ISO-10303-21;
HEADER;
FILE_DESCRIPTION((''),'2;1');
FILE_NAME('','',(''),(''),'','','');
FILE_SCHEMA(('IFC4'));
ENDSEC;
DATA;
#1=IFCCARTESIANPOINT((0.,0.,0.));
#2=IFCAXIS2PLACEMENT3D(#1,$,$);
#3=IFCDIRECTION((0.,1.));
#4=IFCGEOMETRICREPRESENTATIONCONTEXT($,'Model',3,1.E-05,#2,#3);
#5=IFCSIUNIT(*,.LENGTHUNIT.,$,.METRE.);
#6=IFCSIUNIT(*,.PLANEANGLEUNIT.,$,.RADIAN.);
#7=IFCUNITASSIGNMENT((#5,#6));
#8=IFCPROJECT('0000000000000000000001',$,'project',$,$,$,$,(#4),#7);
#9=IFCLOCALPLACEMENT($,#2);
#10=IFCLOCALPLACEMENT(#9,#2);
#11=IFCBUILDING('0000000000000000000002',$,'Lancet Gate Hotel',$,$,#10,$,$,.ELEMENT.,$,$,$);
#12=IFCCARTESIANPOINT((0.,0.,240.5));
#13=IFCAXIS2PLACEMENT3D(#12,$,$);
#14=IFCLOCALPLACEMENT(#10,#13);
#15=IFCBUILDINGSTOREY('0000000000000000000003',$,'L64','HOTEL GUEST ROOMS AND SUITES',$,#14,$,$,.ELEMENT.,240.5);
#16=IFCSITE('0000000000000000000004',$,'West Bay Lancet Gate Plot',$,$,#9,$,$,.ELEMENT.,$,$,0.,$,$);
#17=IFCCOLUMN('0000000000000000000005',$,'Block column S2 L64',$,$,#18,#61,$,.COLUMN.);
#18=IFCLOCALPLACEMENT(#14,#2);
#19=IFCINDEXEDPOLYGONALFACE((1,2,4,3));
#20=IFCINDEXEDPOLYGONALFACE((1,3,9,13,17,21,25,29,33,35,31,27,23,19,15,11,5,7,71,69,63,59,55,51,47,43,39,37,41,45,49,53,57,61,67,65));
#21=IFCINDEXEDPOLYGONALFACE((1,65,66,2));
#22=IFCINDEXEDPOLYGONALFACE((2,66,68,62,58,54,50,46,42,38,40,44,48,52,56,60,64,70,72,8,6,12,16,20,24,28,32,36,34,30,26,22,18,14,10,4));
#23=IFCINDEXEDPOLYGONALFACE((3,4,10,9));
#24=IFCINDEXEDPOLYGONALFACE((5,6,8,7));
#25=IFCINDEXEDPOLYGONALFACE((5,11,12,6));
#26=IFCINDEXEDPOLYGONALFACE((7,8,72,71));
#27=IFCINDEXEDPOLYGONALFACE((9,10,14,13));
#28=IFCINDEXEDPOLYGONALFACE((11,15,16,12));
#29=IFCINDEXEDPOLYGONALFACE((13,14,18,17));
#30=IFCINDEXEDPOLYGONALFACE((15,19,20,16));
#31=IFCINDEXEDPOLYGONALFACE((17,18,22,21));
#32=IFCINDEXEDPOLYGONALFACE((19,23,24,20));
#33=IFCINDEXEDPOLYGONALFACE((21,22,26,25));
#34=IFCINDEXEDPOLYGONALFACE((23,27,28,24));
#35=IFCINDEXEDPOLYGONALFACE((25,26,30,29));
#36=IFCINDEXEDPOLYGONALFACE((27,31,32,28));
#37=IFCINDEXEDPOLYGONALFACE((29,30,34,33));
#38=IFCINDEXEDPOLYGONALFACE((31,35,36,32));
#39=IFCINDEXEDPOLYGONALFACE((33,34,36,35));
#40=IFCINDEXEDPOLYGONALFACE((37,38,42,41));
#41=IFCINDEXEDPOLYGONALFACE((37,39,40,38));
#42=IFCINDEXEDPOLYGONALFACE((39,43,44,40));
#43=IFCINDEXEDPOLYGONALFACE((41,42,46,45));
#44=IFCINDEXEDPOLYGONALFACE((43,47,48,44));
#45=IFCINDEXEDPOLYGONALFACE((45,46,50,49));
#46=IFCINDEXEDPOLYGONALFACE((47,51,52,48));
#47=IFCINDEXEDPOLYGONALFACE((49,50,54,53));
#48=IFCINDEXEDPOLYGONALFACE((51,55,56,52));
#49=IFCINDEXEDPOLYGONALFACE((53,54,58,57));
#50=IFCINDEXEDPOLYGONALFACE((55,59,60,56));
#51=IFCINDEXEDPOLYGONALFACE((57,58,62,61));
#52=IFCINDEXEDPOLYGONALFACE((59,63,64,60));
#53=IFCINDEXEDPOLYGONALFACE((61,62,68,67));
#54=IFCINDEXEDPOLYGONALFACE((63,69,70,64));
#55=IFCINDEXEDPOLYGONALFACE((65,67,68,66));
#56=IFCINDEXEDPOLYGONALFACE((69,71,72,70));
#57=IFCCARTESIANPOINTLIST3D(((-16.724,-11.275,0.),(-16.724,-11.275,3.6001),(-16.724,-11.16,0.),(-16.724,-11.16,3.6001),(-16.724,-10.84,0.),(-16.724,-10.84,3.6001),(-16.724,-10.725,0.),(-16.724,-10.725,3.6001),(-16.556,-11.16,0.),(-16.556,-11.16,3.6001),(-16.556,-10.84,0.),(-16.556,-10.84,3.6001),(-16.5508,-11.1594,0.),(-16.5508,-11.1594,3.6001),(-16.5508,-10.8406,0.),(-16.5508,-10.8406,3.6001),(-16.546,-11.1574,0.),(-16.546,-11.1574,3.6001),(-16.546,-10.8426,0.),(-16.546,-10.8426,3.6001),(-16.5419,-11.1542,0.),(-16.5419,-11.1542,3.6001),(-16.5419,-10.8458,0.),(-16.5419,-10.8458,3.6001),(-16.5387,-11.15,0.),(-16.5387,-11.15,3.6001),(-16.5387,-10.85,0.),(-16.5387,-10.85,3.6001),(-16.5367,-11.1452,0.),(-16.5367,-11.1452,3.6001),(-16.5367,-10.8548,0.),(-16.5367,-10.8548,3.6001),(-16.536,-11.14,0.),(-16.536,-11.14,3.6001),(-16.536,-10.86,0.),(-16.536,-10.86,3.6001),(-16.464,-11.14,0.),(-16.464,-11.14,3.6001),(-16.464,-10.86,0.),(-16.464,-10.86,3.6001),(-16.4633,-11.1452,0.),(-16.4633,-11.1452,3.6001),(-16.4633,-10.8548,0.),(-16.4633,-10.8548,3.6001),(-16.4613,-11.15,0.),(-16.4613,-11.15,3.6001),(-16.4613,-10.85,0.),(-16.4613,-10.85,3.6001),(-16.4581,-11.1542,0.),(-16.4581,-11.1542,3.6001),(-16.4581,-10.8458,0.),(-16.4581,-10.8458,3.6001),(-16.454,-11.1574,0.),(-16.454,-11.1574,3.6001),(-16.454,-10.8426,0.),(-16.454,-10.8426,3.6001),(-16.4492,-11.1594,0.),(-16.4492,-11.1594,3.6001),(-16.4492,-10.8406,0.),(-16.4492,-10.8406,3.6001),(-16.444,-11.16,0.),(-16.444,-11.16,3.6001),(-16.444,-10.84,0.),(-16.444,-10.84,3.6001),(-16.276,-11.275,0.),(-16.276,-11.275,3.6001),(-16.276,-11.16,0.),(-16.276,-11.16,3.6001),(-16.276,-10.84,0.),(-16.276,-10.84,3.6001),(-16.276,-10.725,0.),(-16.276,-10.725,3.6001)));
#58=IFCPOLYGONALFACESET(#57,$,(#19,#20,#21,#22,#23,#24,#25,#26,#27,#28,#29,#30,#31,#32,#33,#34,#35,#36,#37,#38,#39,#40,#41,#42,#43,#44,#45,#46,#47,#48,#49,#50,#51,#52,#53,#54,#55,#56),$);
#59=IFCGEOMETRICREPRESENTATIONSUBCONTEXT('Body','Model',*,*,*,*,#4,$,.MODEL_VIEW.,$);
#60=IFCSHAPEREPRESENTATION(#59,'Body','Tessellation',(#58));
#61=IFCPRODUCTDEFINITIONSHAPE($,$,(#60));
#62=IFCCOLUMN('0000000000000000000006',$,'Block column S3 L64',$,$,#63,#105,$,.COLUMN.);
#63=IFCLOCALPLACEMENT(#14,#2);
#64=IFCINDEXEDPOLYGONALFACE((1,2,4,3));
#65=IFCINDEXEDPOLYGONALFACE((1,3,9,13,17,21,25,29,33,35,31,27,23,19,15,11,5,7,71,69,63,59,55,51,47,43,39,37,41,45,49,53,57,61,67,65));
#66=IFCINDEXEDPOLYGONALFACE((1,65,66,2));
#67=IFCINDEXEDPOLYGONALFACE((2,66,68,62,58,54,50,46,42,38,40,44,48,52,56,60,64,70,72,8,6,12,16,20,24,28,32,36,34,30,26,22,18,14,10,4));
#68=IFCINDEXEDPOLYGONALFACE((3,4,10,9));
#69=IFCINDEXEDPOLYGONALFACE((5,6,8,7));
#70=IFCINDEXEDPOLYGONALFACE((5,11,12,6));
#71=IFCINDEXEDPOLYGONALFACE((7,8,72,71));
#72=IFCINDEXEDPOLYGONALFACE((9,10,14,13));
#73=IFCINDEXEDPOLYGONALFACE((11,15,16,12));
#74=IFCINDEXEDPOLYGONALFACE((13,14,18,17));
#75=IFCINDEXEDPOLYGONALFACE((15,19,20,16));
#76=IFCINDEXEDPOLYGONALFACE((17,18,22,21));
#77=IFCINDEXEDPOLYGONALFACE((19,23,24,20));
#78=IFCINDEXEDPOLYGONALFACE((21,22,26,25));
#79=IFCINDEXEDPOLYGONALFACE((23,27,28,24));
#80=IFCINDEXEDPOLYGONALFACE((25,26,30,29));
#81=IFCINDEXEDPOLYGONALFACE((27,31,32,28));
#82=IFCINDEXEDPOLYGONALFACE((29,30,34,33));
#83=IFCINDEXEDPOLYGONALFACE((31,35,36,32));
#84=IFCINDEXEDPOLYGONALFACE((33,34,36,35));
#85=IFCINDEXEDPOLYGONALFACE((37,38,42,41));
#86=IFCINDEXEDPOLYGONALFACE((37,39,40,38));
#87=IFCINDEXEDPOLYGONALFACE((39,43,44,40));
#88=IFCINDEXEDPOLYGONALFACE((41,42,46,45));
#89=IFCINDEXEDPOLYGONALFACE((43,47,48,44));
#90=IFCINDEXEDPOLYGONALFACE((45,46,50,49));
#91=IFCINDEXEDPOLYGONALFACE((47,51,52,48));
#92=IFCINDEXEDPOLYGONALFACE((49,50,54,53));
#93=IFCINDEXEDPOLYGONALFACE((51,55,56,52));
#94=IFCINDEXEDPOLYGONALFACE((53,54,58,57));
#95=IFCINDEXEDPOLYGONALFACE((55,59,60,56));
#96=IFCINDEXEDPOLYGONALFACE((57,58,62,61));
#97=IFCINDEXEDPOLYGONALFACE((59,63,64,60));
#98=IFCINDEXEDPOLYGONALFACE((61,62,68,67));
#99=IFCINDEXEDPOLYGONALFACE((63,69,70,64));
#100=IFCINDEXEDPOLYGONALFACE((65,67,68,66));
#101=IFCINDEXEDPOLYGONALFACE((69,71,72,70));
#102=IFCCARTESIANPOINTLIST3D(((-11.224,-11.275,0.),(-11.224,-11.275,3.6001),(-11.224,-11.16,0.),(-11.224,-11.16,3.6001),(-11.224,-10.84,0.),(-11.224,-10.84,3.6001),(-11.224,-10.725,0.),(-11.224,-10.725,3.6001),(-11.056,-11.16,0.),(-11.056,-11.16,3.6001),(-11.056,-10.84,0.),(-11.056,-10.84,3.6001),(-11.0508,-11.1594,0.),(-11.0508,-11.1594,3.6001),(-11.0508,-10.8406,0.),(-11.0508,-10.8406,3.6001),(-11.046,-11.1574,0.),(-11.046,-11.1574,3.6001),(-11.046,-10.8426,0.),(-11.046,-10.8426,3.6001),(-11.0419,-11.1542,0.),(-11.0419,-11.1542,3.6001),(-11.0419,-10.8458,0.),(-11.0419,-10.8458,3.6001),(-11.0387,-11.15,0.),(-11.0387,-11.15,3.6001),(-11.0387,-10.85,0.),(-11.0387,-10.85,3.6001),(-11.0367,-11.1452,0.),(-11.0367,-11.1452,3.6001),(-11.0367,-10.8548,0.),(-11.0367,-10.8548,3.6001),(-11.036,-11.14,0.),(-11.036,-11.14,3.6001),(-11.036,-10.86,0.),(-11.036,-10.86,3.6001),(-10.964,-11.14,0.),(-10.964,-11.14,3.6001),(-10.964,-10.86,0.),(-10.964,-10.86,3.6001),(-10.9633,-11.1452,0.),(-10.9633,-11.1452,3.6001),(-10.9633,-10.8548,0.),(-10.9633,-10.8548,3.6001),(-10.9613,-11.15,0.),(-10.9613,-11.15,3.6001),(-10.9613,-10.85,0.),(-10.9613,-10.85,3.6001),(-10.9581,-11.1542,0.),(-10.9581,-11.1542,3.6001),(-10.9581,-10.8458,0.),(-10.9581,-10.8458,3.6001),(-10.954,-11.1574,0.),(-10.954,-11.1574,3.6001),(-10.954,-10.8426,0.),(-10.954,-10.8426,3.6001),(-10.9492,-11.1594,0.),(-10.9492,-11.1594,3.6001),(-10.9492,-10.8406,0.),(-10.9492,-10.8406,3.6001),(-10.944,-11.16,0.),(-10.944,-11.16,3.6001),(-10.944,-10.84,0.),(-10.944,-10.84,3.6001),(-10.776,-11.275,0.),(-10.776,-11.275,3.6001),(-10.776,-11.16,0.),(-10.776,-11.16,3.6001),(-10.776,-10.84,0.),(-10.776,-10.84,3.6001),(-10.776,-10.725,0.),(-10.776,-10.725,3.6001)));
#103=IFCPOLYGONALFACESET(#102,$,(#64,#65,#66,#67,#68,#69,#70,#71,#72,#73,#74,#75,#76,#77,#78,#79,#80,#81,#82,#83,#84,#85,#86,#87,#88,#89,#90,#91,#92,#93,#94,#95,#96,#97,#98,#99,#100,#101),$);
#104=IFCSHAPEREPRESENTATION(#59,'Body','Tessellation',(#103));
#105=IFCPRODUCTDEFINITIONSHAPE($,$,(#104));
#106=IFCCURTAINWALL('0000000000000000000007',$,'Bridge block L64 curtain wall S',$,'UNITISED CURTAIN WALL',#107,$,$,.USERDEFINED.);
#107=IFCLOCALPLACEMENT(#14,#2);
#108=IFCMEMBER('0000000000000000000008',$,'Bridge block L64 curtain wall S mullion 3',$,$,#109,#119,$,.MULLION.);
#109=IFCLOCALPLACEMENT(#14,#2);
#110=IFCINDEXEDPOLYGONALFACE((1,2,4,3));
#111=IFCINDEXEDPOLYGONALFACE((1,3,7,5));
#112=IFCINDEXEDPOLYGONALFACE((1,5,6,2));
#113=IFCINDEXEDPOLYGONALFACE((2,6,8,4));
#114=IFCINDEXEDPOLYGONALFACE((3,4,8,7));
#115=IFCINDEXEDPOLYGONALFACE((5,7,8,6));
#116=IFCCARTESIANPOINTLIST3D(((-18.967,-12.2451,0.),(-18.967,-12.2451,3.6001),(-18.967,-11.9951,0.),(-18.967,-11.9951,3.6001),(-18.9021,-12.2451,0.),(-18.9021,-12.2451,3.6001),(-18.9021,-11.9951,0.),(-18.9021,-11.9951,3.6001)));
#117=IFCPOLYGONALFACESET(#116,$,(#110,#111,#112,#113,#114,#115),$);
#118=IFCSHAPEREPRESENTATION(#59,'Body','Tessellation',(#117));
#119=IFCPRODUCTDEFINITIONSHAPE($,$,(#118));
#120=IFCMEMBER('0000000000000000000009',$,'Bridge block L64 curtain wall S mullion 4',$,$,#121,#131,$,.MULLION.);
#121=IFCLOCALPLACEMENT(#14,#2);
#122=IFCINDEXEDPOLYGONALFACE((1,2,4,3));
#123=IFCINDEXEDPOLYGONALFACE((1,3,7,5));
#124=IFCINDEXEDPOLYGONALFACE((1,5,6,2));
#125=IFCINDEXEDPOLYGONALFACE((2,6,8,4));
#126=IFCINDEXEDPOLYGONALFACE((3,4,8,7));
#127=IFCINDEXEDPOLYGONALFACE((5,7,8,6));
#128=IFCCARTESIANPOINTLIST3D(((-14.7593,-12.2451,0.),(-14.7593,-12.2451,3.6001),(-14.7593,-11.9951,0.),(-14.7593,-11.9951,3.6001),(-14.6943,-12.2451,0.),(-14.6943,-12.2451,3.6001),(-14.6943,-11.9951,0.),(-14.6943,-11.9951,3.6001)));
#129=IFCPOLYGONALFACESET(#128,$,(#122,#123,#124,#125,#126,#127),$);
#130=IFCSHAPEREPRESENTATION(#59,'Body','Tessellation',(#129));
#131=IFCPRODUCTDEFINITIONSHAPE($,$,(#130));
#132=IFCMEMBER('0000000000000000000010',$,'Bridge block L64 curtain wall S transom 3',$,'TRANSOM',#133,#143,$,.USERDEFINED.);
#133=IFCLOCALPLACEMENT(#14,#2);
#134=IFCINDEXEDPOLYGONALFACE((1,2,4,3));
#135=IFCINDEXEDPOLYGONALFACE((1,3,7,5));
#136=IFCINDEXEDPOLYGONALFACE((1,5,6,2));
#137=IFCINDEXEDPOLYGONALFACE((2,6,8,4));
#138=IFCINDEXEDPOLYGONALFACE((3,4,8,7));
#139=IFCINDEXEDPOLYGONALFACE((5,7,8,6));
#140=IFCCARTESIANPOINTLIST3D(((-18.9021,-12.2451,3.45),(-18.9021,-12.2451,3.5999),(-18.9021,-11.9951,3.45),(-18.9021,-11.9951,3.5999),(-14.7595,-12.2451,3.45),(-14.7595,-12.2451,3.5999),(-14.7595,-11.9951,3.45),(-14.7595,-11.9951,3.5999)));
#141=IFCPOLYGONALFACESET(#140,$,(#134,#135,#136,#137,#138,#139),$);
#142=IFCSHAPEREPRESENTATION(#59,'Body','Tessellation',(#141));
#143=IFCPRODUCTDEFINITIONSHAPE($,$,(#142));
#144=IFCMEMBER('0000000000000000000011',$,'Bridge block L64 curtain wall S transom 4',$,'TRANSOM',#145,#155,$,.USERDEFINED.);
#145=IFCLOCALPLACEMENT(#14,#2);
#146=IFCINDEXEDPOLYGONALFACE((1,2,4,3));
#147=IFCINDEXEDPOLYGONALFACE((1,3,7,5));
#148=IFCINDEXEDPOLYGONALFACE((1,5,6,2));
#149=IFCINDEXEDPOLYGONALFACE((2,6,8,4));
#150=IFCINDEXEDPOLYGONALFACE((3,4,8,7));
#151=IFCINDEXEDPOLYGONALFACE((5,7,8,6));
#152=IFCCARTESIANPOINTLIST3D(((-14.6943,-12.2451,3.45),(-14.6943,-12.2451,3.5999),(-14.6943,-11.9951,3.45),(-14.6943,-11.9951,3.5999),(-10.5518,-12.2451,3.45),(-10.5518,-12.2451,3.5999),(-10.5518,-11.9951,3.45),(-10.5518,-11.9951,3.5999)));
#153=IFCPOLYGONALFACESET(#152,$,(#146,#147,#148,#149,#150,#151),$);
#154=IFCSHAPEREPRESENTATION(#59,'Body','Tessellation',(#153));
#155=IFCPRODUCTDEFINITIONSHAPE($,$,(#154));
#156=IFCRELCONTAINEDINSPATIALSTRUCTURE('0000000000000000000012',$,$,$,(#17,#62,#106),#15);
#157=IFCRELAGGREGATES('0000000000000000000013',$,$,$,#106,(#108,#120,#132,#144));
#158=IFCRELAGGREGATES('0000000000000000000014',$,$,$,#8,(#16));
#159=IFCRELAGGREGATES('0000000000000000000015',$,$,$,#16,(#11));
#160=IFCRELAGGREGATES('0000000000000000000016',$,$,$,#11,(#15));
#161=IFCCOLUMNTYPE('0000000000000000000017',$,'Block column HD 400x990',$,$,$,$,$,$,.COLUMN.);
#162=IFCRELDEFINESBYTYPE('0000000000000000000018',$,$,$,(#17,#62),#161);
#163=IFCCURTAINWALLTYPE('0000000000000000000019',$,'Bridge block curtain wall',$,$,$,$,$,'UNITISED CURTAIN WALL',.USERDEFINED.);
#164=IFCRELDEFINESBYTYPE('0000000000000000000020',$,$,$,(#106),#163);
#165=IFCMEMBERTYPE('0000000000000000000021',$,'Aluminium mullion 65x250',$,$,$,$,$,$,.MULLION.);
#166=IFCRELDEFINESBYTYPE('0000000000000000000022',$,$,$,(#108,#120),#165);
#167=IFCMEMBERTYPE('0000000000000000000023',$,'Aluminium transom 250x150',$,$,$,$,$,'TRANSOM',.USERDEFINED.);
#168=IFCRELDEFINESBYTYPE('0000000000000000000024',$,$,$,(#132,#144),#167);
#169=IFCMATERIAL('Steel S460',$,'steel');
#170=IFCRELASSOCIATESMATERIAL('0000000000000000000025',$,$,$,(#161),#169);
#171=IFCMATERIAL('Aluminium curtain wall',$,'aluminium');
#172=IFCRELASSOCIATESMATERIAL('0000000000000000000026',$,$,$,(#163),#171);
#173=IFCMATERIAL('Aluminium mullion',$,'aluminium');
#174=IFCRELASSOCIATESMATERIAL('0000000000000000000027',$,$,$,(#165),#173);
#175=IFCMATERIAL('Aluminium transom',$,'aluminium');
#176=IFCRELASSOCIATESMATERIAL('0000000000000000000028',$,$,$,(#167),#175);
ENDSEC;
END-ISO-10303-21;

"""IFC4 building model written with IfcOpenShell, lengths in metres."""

from ifc_helpers import new_model, si_unit, direction, frame, origin, origin_2d, place, context, subcontext, project, spatial, rectangle, i_section, extrude, material, material_profile, profile_set, type_object, element, aggregate, save


model = new_model("IFC4")

# Units and contexts
model_context = context("Model", 3, precision=1e-05, world=origin(), true_north=direction((0.0, 1.0)))
body_context = subcontext(model_context, "Body", "Model", "MODEL_VIEW")
ifc_project = project(units=[si_unit("LENGTHUNIT", "METRE"), si_unit("PLANEANGLEUNIT", "RADIAN")], contexts=[model_context])

# Site, building, storey
site_placement = place(None, origin())
site = spatial("IfcSite", under=ifc_project, at=site_placement, Name="West Bay Lancet Gate Plot", CompositionType="ELEMENT", RefElevation=0.0)
building_placement = place(site_placement, origin())
building = spatial("IfcBuilding", under=site, at=building_placement, Name="Lancet Gate Hotel", CompositionType="ELEMENT")
storey_placement = place(building_placement, frame((0.0, 0.0, 240.5)))
storey = spatial("IfcBuildingStorey", under=building, at=storey_placement, Name="L64", Description="HOTEL GUEST ROOMS AND SUITES", CompositionType="ELEMENT", Elevation=240.5)

# Columns
ifc_material_1 = material(Name="Steel S460", Category="steel")
ifc_material_profile_1 = material_profile(ifc_material_1, i_section(OverallWidth=0.448, OverallDepth=0.55, WebThickness=0.072, FlangeThickness=0.115, FilletRadius=0.02, at=origin_2d()), Name="HD 400x990")
ifc_profile_set_1 = profile_set([ifc_material_profile_1], Name="Steel S460")
column_type = type_object("IfcColumnType", Name="Block column HD 400x990", PredefinedType="COLUMN", material=ifc_profile_set_1)
for number, where, z_axis, x_axis, name in (
    (1, (-16.5, -11.0, 0.0), (0.0, 0.0, 1.0), (1.0, 0.0, 0.0), "Block column S2 L64"),
    (2, (-11.0, -11.0, 0.0), (0.0, 0.0, 1.0), (1.0, 0.0, 0.0), "Block column S3 L64"),
):
    element("IfcColumn", number, at=place(storey_placement, frame(where, z_axis=z_axis, x_axis=x_axis)), inside=storey, type_object=column_type, Name=name, PredefinedType="COLUMN", context=body_context, shape_type="SweptSolid", body=[
        extrude(i_section(OverallWidth=0.448, OverallDepth=0.55, WebThickness=0.072, FlangeThickness=0.115, FilletRadius=0.02, at=origin_2d()), origin(), (0.0, 0.0, 1.0), 3.6001),
    ])

# Curtain wall, members
ifc_material_2 = material(Name="Aluminium curtain wall", Category="aluminium")
curtain_wall_type = type_object("IfcCurtainWallType", Name="Bridge block curtain wall", ElementType="UNITISED CURTAIN WALL", PredefinedType="USERDEFINED", material=ifc_material_2)
curtain_wall_placement = place(storey_placement, origin())
curtain_wall = element("IfcCurtainWall", 3, at=curtain_wall_placement, inside=storey, type_object=curtain_wall_type, Name="Bridge block L64 curtain wall S", ObjectType="UNITISED CURTAIN WALL", PredefinedType="USERDEFINED")
ifc_material_3 = material(Name="Aluminium mullion", Category="aluminium")
ifc_material_profile_2 = material_profile(ifc_material_3, rectangle(XDim=0.0649, YDim=0.25, at=origin_2d()), Name="MULLION 65x250")
ifc_profile_set_2 = profile_set([ifc_material_profile_2], Name="Aluminium mullion")
member_type_1 = type_object("IfcMemberType", Name="Aluminium mullion 65x250", PredefinedType="MULLION", material=ifc_profile_set_2)
member_1_placement = place(storey_placement, frame((-18.9346, -12.1201, 0.0), z_axis=(0.0, 0.0, 1.0), x_axis=(1.0, 0.0, 0.0)))
member_1 = element("IfcMember", 4, at=member_1_placement, type_object=member_type_1, Name="Bridge block L64 curtain wall S mullion 3", PredefinedType="MULLION", context=body_context, shape_type="SweptSolid", body=[
    extrude(rectangle(XDim=0.0649, YDim=0.25, at=origin_2d()), origin(), (0.0, 0.0, 1.0), 3.6001),
])
member_2_placement = place(storey_placement, frame((-14.7268, -12.1201, 0.0), z_axis=(0.0, 0.0, 1.0), x_axis=(1.0, 0.0, 0.0)))
member_2 = element("IfcMember", 5, at=member_2_placement, type_object=member_type_1, Name="Bridge block L64 curtain wall S mullion 4", PredefinedType="MULLION", context=body_context, shape_type="SweptSolid", body=[
    extrude(rectangle(XDim=0.0649, YDim=0.25, at=origin_2d()), origin(), (0.0, 0.0, 1.0), 3.6001),
])
ifc_material_4 = material(Name="Aluminium transom", Category="aluminium")
ifc_material_profile_3 = material_profile(ifc_material_4, rectangle(XDim=0.25, YDim=0.1499, at=origin_2d()), Name="TRANSOM 250x150")
ifc_profile_set_3 = profile_set([ifc_material_profile_3], Name="Aluminium transom")
member_type_2 = type_object("IfcMemberType", Name="Aluminium transom 250x150", ElementType="TRANSOM", PredefinedType="USERDEFINED", material=ifc_profile_set_3)
member_3_placement = place(storey_placement, frame((-18.9021, -12.1201, 3.5249), z_axis=(1.0, 0.0, 0.0), x_axis=(0.0, 1.0, 0.0)))
member_3 = element("IfcMember", 6, at=member_3_placement, type_object=member_type_2, Name="Bridge block L64 curtain wall S transom 3", ObjectType="TRANSOM", PredefinedType="USERDEFINED", context=body_context, shape_type="SweptSolid", body=[
    extrude(rectangle(XDim=0.25, YDim=0.1499, at=origin_2d()), origin(), (0.0, 0.0, 1.0), 4.1426),
])
member_4_placement = place(storey_placement, frame((-14.6943, -12.1201, 3.5249), z_axis=(1.0, 0.0, 0.0), x_axis=(0.0, 1.0, 0.0)))
member_4 = element("IfcMember", 7, at=member_4_placement, type_object=member_type_2, Name="Bridge block L64 curtain wall S transom 4", ObjectType="TRANSOM", PredefinedType="USERDEFINED", context=body_context, shape_type="SweptSolid", body=[
    extrude(rectangle(XDim=0.25, YDim=0.1499, at=origin_2d()), origin(), (0.0, 0.0, 1.0), 4.1426),
])

aggregate(curtain_wall, [member_1, member_2, member_3, member_4])

save(model, "model.ifc")
